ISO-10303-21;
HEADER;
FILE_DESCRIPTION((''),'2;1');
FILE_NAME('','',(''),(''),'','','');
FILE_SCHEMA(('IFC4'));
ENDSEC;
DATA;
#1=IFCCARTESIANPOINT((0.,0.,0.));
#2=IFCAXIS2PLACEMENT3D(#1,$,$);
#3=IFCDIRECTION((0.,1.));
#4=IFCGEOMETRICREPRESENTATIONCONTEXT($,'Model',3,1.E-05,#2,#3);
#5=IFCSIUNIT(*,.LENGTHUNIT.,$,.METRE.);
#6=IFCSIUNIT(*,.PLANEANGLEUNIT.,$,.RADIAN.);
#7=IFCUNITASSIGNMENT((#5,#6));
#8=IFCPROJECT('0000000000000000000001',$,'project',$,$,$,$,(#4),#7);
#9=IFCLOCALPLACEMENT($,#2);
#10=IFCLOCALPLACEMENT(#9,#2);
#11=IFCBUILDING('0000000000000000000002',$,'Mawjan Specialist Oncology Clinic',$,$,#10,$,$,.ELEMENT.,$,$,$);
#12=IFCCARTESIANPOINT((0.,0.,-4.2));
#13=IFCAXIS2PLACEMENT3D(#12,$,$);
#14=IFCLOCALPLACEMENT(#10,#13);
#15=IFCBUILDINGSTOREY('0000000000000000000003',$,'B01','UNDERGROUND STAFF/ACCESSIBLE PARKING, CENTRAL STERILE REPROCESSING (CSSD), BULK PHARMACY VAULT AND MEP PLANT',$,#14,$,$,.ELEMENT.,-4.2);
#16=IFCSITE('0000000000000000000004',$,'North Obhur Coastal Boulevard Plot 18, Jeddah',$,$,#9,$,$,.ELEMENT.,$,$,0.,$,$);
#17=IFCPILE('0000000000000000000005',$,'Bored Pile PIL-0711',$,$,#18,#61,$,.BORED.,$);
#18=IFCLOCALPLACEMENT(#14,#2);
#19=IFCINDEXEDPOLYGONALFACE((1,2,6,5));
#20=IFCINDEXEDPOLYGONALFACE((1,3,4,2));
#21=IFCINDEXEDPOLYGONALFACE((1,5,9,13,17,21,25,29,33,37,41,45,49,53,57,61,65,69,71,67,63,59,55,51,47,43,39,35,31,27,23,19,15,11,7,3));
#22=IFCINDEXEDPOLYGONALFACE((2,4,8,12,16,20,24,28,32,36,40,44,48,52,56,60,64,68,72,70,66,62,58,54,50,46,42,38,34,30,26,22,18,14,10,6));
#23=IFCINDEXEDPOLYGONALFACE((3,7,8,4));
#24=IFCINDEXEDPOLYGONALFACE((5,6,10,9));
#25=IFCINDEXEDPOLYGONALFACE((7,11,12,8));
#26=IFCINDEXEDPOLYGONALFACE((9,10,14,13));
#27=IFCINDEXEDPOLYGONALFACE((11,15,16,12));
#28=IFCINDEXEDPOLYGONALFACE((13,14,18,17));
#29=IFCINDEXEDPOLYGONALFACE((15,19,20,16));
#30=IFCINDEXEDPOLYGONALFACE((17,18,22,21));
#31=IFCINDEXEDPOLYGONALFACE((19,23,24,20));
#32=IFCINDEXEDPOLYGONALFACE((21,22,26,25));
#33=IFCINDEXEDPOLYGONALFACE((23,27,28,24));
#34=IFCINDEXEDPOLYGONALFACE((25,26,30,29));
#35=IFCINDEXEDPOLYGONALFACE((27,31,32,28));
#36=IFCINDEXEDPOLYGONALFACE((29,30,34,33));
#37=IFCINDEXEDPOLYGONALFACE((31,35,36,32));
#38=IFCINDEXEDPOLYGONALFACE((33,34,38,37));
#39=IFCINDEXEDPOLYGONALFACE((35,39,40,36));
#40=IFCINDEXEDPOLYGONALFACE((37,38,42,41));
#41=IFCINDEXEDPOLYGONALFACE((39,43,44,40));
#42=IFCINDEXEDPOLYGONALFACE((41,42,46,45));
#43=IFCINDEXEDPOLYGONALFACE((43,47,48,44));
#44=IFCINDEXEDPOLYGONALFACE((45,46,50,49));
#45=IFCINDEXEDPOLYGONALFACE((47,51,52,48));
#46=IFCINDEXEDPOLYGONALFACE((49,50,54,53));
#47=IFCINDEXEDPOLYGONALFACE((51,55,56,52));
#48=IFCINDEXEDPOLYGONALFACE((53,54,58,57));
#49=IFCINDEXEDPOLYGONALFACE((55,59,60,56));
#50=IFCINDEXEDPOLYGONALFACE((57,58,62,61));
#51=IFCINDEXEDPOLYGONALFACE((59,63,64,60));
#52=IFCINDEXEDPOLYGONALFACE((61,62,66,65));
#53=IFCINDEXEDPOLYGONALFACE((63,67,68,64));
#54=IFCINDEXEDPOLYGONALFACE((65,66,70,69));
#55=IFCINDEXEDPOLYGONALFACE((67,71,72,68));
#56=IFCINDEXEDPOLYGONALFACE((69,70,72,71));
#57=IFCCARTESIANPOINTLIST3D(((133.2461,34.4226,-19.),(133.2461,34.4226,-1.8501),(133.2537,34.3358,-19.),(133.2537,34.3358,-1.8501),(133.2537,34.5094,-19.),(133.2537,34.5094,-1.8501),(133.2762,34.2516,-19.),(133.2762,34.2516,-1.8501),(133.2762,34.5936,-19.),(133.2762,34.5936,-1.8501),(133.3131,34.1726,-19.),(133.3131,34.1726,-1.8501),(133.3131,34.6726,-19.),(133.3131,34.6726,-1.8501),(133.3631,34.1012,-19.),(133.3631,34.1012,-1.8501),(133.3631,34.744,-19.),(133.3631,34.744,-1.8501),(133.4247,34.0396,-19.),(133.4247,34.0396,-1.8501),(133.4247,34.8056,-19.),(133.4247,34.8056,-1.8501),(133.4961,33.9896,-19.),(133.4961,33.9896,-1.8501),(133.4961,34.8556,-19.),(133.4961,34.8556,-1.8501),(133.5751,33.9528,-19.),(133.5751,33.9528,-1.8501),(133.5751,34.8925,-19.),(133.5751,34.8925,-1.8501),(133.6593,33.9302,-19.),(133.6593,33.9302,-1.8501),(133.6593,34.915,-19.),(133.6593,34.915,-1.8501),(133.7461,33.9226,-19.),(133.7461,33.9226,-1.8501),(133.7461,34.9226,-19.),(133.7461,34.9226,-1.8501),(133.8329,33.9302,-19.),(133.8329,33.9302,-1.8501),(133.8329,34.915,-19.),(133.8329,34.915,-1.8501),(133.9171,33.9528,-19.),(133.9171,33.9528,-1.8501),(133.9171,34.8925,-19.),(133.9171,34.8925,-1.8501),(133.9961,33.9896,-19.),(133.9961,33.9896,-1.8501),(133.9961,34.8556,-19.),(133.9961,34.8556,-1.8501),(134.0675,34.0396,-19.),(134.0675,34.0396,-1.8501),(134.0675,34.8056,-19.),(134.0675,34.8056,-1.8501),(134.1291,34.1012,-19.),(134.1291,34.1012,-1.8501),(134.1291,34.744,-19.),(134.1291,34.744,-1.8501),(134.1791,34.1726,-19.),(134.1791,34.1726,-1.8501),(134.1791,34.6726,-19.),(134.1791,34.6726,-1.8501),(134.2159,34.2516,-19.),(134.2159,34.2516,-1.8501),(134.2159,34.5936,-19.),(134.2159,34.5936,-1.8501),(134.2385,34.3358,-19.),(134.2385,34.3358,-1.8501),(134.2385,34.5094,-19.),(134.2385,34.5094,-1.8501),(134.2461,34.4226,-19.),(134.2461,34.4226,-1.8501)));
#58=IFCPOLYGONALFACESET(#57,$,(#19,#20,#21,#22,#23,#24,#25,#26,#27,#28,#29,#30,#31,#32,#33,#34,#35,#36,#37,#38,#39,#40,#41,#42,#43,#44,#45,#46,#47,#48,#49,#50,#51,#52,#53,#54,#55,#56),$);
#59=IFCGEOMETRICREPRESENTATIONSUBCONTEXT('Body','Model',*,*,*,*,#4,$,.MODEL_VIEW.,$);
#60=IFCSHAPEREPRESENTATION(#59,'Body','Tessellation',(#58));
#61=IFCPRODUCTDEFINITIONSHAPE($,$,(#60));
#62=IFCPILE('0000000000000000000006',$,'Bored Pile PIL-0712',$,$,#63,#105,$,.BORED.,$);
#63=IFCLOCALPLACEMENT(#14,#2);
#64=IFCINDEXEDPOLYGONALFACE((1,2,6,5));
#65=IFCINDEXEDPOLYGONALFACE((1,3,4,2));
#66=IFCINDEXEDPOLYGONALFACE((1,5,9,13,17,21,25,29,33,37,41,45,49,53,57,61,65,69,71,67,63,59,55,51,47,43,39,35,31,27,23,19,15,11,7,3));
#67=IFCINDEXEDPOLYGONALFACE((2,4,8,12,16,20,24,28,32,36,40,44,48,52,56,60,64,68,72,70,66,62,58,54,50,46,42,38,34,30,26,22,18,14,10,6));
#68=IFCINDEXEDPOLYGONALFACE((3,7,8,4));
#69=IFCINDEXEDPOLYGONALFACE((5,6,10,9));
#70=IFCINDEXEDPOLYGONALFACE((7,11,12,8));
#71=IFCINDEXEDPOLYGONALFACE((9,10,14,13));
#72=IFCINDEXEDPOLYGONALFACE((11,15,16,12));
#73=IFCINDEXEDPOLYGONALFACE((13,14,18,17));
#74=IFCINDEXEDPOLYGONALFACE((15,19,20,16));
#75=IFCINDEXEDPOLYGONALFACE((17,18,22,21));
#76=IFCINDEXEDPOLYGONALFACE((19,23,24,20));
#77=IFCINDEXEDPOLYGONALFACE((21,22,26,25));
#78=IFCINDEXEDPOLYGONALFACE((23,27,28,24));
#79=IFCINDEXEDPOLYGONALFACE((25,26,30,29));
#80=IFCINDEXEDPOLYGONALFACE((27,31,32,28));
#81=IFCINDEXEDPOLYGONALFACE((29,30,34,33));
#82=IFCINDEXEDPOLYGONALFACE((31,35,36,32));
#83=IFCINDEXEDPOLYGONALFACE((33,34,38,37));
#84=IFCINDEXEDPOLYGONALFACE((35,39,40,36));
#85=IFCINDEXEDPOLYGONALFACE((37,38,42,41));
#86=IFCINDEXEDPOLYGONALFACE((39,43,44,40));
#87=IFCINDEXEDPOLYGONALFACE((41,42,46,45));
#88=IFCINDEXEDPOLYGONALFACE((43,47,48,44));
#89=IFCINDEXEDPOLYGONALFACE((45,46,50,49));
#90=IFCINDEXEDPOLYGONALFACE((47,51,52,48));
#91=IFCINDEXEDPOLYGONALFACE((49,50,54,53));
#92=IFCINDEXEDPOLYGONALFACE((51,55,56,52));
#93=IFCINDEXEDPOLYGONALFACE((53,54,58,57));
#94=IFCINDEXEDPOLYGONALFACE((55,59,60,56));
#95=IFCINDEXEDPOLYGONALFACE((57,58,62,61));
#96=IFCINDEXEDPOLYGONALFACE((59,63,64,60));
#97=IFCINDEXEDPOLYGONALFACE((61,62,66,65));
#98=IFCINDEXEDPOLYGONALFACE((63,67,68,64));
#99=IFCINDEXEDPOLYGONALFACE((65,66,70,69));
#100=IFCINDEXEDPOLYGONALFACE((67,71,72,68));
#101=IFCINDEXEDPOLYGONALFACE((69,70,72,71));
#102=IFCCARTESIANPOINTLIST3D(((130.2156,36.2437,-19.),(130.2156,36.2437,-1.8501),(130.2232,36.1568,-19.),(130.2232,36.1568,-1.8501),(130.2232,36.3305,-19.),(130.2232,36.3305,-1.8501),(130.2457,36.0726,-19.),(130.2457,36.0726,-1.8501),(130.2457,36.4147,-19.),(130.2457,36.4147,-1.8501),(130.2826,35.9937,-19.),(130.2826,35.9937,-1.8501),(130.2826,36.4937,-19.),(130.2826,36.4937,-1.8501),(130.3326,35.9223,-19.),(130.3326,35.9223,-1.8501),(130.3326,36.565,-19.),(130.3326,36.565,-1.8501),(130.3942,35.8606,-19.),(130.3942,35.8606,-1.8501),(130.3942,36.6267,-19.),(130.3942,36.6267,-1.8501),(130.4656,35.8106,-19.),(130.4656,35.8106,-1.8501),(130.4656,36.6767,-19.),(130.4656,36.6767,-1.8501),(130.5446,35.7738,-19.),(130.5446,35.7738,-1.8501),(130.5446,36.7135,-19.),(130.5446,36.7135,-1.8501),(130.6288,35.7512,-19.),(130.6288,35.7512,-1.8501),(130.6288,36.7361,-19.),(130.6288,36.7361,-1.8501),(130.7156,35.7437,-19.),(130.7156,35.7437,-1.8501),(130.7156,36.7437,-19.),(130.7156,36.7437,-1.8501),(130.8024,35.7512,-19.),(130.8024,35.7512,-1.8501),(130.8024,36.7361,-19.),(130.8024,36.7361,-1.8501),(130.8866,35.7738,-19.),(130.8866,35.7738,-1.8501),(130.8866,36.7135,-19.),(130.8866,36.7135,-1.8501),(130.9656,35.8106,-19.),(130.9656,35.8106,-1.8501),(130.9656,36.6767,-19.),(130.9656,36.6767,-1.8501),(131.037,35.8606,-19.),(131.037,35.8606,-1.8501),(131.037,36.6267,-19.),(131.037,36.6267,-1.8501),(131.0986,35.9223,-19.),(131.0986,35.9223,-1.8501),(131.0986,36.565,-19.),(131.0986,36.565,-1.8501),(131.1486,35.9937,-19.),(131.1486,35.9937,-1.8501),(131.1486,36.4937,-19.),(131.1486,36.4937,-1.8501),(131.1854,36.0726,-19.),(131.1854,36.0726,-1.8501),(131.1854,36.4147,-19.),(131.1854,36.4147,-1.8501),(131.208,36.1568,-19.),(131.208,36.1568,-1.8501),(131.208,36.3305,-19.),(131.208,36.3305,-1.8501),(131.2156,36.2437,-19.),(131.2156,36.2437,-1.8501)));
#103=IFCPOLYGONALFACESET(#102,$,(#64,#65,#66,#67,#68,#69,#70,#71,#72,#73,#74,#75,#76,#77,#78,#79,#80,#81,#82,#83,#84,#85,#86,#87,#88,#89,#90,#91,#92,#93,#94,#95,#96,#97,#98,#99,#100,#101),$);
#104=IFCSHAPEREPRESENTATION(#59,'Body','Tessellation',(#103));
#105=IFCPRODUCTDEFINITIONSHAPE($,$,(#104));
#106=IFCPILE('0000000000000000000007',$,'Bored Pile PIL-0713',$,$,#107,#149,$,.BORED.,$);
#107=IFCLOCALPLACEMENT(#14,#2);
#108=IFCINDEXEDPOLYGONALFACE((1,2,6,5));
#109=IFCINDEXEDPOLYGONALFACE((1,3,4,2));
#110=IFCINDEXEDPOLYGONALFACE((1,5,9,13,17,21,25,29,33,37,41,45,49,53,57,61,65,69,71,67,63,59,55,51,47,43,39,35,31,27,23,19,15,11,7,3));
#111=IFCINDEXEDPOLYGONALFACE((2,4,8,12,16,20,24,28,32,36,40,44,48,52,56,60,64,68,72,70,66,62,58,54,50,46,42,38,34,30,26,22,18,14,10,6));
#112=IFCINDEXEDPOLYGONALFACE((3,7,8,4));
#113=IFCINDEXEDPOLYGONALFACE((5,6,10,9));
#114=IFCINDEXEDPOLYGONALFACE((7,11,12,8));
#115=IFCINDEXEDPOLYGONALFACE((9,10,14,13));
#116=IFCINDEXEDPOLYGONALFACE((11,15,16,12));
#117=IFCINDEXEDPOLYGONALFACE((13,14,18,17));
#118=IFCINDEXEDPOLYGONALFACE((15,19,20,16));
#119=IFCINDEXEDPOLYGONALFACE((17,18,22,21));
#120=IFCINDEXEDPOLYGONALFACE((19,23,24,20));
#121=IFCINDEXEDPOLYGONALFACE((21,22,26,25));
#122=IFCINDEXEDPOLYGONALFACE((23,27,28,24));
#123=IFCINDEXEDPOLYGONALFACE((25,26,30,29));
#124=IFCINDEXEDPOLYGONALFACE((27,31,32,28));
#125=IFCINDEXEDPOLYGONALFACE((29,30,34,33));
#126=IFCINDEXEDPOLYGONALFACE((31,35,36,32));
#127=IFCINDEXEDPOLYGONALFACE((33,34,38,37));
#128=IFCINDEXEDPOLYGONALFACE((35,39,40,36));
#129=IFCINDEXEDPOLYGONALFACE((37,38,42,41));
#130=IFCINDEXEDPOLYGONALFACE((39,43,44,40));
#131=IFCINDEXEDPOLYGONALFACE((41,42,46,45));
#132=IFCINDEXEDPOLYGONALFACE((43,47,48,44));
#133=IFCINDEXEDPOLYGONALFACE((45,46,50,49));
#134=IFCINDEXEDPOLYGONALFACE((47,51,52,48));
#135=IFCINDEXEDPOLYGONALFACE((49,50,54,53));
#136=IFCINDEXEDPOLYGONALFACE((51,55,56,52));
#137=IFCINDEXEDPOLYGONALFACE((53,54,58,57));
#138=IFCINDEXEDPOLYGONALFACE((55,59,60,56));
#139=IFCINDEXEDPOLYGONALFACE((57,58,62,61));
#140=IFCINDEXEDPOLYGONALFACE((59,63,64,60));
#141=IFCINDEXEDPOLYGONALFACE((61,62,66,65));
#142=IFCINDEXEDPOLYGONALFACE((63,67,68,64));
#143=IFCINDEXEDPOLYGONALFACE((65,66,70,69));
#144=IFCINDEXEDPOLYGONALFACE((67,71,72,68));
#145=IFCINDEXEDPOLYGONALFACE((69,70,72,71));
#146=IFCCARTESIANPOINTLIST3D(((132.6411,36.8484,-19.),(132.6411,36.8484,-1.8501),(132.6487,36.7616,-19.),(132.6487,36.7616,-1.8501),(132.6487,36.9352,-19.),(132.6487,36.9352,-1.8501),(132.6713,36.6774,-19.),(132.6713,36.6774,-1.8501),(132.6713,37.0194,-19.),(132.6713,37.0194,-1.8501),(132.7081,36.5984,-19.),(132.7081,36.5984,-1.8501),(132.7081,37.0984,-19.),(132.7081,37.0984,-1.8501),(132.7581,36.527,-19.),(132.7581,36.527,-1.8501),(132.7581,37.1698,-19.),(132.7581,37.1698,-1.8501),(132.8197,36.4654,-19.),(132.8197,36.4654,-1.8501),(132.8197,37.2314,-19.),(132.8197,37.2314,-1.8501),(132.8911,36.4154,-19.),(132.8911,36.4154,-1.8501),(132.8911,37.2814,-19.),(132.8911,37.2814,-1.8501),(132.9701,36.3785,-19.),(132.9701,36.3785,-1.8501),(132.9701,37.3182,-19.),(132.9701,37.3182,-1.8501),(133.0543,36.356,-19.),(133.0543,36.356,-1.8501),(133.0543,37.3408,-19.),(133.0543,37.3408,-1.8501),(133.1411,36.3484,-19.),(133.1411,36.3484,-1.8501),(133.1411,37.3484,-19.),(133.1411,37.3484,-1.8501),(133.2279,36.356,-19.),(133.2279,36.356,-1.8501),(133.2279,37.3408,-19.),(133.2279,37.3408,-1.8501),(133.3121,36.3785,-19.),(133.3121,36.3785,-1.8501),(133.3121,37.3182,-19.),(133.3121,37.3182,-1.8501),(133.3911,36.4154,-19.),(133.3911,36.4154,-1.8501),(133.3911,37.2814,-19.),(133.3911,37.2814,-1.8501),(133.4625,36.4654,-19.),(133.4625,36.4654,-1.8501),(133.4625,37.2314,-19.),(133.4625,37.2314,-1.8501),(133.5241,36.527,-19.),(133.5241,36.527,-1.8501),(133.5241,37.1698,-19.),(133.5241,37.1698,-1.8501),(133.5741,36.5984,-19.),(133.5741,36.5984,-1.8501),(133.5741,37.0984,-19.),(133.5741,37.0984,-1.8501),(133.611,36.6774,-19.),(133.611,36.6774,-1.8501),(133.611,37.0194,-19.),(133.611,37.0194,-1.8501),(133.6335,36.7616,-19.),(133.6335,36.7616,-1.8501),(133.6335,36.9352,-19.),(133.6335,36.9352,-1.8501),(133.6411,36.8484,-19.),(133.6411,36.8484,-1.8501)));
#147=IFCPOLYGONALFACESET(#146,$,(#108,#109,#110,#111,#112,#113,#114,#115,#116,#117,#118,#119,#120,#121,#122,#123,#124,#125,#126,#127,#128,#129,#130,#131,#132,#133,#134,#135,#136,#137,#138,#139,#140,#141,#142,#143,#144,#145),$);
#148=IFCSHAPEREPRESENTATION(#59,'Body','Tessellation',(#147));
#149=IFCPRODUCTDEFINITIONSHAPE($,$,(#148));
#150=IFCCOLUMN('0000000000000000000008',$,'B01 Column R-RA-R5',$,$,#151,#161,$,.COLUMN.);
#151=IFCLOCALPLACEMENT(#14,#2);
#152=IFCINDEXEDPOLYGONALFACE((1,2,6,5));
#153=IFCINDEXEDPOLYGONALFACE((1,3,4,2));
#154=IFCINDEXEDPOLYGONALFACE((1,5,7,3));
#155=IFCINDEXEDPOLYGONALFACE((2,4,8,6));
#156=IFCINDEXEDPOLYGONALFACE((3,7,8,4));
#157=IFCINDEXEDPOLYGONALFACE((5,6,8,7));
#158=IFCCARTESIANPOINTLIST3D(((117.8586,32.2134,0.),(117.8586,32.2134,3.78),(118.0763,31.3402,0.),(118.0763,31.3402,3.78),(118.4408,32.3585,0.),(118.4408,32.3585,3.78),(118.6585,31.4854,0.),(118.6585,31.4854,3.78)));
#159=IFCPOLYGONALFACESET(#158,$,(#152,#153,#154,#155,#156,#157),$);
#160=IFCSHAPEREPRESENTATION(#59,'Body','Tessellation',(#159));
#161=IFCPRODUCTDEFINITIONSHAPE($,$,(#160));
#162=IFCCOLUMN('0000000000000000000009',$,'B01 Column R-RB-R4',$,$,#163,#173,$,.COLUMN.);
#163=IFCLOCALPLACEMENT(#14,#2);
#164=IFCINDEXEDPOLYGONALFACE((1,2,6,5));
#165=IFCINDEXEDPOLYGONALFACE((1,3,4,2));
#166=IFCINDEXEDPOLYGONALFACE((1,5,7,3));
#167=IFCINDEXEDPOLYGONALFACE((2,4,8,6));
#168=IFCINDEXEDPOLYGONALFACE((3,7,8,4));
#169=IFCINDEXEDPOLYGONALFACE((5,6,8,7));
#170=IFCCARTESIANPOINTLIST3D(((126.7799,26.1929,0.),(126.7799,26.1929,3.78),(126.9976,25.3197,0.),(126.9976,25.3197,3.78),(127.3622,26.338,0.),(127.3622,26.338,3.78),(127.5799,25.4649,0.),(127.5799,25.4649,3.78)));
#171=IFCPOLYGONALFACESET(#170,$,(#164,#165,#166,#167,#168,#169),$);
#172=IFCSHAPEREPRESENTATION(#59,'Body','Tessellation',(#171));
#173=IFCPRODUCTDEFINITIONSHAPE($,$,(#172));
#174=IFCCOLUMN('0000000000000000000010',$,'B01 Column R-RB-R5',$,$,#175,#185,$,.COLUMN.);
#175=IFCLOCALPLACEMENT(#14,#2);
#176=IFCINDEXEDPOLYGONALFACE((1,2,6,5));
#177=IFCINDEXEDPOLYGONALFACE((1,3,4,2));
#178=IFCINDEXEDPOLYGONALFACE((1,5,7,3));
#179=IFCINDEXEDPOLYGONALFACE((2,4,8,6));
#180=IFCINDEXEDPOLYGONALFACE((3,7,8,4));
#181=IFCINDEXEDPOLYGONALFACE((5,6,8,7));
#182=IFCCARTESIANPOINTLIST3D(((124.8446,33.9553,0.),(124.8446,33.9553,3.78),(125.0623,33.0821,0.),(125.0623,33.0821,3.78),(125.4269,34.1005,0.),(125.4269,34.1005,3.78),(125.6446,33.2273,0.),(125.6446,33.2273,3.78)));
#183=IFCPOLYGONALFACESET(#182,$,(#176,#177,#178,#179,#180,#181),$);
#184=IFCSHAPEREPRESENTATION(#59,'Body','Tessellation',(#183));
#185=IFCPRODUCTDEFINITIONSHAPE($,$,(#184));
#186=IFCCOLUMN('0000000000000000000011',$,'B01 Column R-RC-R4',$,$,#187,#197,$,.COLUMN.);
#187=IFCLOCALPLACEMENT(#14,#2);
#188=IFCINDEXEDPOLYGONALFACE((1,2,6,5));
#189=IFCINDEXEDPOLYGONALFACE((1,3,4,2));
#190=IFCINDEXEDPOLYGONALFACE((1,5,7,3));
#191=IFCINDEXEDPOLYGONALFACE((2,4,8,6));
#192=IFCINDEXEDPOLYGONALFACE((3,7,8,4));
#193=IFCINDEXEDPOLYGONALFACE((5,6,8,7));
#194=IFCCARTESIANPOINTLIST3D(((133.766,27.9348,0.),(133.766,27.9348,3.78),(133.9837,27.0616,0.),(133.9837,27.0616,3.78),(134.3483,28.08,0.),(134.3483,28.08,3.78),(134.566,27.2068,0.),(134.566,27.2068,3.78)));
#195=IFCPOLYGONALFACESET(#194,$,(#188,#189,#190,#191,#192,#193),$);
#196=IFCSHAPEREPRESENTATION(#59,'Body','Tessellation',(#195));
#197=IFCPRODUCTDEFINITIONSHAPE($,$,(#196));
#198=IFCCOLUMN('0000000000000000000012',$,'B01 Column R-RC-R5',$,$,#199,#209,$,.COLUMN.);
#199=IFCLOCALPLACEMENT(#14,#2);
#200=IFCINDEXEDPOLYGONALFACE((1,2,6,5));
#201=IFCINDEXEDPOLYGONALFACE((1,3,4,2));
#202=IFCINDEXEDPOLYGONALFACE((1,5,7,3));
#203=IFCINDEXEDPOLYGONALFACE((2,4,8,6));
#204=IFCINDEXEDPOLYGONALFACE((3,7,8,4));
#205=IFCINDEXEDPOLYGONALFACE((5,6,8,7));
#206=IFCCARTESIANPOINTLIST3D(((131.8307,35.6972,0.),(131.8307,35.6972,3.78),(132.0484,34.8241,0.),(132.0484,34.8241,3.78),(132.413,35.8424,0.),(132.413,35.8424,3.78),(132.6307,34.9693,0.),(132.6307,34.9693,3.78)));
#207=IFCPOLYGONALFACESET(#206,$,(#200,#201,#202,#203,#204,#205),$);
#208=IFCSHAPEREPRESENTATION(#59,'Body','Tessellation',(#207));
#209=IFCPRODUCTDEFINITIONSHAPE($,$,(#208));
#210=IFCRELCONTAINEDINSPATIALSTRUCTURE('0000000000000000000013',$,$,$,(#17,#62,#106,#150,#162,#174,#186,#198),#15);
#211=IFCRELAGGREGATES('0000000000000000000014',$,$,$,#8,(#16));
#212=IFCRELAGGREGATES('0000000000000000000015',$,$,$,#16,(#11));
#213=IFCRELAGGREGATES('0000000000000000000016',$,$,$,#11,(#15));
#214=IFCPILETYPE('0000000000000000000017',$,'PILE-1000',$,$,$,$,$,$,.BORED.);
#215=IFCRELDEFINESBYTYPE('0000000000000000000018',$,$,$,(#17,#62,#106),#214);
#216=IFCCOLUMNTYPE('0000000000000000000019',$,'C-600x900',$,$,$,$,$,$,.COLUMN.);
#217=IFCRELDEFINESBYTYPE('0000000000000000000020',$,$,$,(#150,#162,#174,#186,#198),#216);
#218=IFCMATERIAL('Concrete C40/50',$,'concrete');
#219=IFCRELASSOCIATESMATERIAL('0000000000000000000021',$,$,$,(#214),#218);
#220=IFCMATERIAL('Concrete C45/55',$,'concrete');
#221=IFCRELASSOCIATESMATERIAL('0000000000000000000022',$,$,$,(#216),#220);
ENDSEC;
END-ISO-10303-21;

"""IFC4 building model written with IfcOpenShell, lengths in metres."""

from ifc_helpers import new_model, si_unit, direction, frame, origin, origin_2d, place, context, subcontext, project, spatial, rectangle, circle, extrude, material, material_profile, profile_set, type_object, element, save


model = new_model("IFC4")

# Units and contexts
model_context = context("Model", 3, precision=1e-05, world=origin(), true_north=direction((0.0, 1.0)))
body_context = subcontext(model_context, "Body", "Model", "MODEL_VIEW")
ifc_project = project(units=[si_unit("LENGTHUNIT", "METRE"), si_unit("PLANEANGLEUNIT", "RADIAN")], contexts=[model_context])

# Site, building, storey
site_placement = place(None, origin())
site = spatial("IfcSite", under=ifc_project, at=site_placement, Name="North Obhur Coastal Boulevard Plot 18, Jeddah", CompositionType="ELEMENT", RefElevation=0.0)
building_placement = place(site_placement, origin())
building = spatial("IfcBuilding", under=site, at=building_placement, Name="Mawjan Specialist Oncology Clinic", CompositionType="ELEMENT")
storey_placement = place(building_placement, frame((0.0, 0.0, -4.2)))
storey = spatial("IfcBuildingStorey", under=building, at=storey_placement, Name="B01", Description="UNDERGROUND STAFF/ACCESSIBLE PARKING, CENTRAL STERILE REPROCESSING (CSSD), BULK PHARMACY VAULT AND MEP PLANT", CompositionType="ELEMENT", Elevation=-4.2)

# Piles
ifc_material_1 = material(Name="Concrete C40/50", Category="concrete")
ifc_material_profile_1 = material_profile(ifc_material_1, circle(Radius=0.5, at=origin_2d()), Name="BORED PILE D1000", Category="concrete")
ifc_profile_set_1 = profile_set([ifc_material_profile_1], Name="Concrete C40/50")
pile_type = type_object("IfcPileType", Name="PILE-1000", PredefinedType="BORED", material=ifc_profile_set_1)
for number, where, z_axis, x_axis, name in (
    (1, (133.7461, 34.4226, -1.8501), (0.0, 0.0, -1.0), (1.0, 0.0, 0.0), "Bored Pile PIL-0711"),
    (2, (130.7156, 36.2437, -1.8501), (0.0, 0.0, -1.0), (1.0, 0.0, 0.0), "Bored Pile PIL-0712"),
    (3, (133.1411, 36.8484, -1.8501), (0.0, 0.0, -1.0), (1.0, 0.0, 0.0), "Bored Pile PIL-0713"),
):
    element("IfcPile", number, at=place(storey_placement, frame(where, z_axis=z_axis, x_axis=x_axis)), inside=storey, type_object=pile_type, Name=name, PredefinedType="BORED", context=body_context, shape_type="SweptSolid", body=[
        extrude(circle(Radius=0.5, at=origin_2d()), origin(), (0.0, 0.0, 1.0), 17.1499),
    ])

# Columns
ifc_material_2 = material(Name="Concrete C45/55", Category="concrete")
ifc_material_profile_2 = material_profile(ifc_material_2, rectangle(XDim=0.6001, YDim=0.8999, at=origin_2d()), Name="RC COL 600x900", Category="concrete")
ifc_profile_set_2 = profile_set([ifc_material_profile_2], Name="Concrete C45/55")
column_type = type_object("IfcColumnType", Name="C-600x900", PredefinedType="COLUMN", material=ifc_profile_set_2)
for number, where, z_axis, x_axis, name in (
    (4, (118.2585, 31.8494, 0.0), (0.0, 0.0, 1.0), (0.970296, 0.241922, 0.0), "B01 Column R-RA-R5"),
    (5, (127.1799, 25.8289, 0.0), (0.0, 0.0, 1.0), (0.970296, 0.241922, 0.0), "B01 Column R-RB-R4"),
    (6, (125.2446, 33.5913, 0.0), (0.0, 0.0, 1.0), (0.970296, 0.241922, 0.0), "B01 Column R-RB-R5"),
    (7, (134.166, 27.5708, 0.0), (0.0, 0.0, 1.0), (0.970296, 0.241922, 0.0), "B01 Column R-RC-R4"),
    (8, (132.2307, 35.3333, 0.0), (0.0, 0.0, 1.0), (0.970296, 0.241922, 0.0), "B01 Column R-RC-R5"),
):
    element("IfcColumn", number, at=place(storey_placement, frame(where, z_axis=z_axis, x_axis=x_axis)), inside=storey, type_object=column_type, Name=name, PredefinedType="COLUMN", context=body_context, shape_type="SweptSolid", body=[
        extrude(rectangle(XDim=0.6001, YDim=0.8999, at=origin_2d()), origin(), (0.0, 0.0, 1.0), 3.78),
    ])

save(model, "model.ifc")
